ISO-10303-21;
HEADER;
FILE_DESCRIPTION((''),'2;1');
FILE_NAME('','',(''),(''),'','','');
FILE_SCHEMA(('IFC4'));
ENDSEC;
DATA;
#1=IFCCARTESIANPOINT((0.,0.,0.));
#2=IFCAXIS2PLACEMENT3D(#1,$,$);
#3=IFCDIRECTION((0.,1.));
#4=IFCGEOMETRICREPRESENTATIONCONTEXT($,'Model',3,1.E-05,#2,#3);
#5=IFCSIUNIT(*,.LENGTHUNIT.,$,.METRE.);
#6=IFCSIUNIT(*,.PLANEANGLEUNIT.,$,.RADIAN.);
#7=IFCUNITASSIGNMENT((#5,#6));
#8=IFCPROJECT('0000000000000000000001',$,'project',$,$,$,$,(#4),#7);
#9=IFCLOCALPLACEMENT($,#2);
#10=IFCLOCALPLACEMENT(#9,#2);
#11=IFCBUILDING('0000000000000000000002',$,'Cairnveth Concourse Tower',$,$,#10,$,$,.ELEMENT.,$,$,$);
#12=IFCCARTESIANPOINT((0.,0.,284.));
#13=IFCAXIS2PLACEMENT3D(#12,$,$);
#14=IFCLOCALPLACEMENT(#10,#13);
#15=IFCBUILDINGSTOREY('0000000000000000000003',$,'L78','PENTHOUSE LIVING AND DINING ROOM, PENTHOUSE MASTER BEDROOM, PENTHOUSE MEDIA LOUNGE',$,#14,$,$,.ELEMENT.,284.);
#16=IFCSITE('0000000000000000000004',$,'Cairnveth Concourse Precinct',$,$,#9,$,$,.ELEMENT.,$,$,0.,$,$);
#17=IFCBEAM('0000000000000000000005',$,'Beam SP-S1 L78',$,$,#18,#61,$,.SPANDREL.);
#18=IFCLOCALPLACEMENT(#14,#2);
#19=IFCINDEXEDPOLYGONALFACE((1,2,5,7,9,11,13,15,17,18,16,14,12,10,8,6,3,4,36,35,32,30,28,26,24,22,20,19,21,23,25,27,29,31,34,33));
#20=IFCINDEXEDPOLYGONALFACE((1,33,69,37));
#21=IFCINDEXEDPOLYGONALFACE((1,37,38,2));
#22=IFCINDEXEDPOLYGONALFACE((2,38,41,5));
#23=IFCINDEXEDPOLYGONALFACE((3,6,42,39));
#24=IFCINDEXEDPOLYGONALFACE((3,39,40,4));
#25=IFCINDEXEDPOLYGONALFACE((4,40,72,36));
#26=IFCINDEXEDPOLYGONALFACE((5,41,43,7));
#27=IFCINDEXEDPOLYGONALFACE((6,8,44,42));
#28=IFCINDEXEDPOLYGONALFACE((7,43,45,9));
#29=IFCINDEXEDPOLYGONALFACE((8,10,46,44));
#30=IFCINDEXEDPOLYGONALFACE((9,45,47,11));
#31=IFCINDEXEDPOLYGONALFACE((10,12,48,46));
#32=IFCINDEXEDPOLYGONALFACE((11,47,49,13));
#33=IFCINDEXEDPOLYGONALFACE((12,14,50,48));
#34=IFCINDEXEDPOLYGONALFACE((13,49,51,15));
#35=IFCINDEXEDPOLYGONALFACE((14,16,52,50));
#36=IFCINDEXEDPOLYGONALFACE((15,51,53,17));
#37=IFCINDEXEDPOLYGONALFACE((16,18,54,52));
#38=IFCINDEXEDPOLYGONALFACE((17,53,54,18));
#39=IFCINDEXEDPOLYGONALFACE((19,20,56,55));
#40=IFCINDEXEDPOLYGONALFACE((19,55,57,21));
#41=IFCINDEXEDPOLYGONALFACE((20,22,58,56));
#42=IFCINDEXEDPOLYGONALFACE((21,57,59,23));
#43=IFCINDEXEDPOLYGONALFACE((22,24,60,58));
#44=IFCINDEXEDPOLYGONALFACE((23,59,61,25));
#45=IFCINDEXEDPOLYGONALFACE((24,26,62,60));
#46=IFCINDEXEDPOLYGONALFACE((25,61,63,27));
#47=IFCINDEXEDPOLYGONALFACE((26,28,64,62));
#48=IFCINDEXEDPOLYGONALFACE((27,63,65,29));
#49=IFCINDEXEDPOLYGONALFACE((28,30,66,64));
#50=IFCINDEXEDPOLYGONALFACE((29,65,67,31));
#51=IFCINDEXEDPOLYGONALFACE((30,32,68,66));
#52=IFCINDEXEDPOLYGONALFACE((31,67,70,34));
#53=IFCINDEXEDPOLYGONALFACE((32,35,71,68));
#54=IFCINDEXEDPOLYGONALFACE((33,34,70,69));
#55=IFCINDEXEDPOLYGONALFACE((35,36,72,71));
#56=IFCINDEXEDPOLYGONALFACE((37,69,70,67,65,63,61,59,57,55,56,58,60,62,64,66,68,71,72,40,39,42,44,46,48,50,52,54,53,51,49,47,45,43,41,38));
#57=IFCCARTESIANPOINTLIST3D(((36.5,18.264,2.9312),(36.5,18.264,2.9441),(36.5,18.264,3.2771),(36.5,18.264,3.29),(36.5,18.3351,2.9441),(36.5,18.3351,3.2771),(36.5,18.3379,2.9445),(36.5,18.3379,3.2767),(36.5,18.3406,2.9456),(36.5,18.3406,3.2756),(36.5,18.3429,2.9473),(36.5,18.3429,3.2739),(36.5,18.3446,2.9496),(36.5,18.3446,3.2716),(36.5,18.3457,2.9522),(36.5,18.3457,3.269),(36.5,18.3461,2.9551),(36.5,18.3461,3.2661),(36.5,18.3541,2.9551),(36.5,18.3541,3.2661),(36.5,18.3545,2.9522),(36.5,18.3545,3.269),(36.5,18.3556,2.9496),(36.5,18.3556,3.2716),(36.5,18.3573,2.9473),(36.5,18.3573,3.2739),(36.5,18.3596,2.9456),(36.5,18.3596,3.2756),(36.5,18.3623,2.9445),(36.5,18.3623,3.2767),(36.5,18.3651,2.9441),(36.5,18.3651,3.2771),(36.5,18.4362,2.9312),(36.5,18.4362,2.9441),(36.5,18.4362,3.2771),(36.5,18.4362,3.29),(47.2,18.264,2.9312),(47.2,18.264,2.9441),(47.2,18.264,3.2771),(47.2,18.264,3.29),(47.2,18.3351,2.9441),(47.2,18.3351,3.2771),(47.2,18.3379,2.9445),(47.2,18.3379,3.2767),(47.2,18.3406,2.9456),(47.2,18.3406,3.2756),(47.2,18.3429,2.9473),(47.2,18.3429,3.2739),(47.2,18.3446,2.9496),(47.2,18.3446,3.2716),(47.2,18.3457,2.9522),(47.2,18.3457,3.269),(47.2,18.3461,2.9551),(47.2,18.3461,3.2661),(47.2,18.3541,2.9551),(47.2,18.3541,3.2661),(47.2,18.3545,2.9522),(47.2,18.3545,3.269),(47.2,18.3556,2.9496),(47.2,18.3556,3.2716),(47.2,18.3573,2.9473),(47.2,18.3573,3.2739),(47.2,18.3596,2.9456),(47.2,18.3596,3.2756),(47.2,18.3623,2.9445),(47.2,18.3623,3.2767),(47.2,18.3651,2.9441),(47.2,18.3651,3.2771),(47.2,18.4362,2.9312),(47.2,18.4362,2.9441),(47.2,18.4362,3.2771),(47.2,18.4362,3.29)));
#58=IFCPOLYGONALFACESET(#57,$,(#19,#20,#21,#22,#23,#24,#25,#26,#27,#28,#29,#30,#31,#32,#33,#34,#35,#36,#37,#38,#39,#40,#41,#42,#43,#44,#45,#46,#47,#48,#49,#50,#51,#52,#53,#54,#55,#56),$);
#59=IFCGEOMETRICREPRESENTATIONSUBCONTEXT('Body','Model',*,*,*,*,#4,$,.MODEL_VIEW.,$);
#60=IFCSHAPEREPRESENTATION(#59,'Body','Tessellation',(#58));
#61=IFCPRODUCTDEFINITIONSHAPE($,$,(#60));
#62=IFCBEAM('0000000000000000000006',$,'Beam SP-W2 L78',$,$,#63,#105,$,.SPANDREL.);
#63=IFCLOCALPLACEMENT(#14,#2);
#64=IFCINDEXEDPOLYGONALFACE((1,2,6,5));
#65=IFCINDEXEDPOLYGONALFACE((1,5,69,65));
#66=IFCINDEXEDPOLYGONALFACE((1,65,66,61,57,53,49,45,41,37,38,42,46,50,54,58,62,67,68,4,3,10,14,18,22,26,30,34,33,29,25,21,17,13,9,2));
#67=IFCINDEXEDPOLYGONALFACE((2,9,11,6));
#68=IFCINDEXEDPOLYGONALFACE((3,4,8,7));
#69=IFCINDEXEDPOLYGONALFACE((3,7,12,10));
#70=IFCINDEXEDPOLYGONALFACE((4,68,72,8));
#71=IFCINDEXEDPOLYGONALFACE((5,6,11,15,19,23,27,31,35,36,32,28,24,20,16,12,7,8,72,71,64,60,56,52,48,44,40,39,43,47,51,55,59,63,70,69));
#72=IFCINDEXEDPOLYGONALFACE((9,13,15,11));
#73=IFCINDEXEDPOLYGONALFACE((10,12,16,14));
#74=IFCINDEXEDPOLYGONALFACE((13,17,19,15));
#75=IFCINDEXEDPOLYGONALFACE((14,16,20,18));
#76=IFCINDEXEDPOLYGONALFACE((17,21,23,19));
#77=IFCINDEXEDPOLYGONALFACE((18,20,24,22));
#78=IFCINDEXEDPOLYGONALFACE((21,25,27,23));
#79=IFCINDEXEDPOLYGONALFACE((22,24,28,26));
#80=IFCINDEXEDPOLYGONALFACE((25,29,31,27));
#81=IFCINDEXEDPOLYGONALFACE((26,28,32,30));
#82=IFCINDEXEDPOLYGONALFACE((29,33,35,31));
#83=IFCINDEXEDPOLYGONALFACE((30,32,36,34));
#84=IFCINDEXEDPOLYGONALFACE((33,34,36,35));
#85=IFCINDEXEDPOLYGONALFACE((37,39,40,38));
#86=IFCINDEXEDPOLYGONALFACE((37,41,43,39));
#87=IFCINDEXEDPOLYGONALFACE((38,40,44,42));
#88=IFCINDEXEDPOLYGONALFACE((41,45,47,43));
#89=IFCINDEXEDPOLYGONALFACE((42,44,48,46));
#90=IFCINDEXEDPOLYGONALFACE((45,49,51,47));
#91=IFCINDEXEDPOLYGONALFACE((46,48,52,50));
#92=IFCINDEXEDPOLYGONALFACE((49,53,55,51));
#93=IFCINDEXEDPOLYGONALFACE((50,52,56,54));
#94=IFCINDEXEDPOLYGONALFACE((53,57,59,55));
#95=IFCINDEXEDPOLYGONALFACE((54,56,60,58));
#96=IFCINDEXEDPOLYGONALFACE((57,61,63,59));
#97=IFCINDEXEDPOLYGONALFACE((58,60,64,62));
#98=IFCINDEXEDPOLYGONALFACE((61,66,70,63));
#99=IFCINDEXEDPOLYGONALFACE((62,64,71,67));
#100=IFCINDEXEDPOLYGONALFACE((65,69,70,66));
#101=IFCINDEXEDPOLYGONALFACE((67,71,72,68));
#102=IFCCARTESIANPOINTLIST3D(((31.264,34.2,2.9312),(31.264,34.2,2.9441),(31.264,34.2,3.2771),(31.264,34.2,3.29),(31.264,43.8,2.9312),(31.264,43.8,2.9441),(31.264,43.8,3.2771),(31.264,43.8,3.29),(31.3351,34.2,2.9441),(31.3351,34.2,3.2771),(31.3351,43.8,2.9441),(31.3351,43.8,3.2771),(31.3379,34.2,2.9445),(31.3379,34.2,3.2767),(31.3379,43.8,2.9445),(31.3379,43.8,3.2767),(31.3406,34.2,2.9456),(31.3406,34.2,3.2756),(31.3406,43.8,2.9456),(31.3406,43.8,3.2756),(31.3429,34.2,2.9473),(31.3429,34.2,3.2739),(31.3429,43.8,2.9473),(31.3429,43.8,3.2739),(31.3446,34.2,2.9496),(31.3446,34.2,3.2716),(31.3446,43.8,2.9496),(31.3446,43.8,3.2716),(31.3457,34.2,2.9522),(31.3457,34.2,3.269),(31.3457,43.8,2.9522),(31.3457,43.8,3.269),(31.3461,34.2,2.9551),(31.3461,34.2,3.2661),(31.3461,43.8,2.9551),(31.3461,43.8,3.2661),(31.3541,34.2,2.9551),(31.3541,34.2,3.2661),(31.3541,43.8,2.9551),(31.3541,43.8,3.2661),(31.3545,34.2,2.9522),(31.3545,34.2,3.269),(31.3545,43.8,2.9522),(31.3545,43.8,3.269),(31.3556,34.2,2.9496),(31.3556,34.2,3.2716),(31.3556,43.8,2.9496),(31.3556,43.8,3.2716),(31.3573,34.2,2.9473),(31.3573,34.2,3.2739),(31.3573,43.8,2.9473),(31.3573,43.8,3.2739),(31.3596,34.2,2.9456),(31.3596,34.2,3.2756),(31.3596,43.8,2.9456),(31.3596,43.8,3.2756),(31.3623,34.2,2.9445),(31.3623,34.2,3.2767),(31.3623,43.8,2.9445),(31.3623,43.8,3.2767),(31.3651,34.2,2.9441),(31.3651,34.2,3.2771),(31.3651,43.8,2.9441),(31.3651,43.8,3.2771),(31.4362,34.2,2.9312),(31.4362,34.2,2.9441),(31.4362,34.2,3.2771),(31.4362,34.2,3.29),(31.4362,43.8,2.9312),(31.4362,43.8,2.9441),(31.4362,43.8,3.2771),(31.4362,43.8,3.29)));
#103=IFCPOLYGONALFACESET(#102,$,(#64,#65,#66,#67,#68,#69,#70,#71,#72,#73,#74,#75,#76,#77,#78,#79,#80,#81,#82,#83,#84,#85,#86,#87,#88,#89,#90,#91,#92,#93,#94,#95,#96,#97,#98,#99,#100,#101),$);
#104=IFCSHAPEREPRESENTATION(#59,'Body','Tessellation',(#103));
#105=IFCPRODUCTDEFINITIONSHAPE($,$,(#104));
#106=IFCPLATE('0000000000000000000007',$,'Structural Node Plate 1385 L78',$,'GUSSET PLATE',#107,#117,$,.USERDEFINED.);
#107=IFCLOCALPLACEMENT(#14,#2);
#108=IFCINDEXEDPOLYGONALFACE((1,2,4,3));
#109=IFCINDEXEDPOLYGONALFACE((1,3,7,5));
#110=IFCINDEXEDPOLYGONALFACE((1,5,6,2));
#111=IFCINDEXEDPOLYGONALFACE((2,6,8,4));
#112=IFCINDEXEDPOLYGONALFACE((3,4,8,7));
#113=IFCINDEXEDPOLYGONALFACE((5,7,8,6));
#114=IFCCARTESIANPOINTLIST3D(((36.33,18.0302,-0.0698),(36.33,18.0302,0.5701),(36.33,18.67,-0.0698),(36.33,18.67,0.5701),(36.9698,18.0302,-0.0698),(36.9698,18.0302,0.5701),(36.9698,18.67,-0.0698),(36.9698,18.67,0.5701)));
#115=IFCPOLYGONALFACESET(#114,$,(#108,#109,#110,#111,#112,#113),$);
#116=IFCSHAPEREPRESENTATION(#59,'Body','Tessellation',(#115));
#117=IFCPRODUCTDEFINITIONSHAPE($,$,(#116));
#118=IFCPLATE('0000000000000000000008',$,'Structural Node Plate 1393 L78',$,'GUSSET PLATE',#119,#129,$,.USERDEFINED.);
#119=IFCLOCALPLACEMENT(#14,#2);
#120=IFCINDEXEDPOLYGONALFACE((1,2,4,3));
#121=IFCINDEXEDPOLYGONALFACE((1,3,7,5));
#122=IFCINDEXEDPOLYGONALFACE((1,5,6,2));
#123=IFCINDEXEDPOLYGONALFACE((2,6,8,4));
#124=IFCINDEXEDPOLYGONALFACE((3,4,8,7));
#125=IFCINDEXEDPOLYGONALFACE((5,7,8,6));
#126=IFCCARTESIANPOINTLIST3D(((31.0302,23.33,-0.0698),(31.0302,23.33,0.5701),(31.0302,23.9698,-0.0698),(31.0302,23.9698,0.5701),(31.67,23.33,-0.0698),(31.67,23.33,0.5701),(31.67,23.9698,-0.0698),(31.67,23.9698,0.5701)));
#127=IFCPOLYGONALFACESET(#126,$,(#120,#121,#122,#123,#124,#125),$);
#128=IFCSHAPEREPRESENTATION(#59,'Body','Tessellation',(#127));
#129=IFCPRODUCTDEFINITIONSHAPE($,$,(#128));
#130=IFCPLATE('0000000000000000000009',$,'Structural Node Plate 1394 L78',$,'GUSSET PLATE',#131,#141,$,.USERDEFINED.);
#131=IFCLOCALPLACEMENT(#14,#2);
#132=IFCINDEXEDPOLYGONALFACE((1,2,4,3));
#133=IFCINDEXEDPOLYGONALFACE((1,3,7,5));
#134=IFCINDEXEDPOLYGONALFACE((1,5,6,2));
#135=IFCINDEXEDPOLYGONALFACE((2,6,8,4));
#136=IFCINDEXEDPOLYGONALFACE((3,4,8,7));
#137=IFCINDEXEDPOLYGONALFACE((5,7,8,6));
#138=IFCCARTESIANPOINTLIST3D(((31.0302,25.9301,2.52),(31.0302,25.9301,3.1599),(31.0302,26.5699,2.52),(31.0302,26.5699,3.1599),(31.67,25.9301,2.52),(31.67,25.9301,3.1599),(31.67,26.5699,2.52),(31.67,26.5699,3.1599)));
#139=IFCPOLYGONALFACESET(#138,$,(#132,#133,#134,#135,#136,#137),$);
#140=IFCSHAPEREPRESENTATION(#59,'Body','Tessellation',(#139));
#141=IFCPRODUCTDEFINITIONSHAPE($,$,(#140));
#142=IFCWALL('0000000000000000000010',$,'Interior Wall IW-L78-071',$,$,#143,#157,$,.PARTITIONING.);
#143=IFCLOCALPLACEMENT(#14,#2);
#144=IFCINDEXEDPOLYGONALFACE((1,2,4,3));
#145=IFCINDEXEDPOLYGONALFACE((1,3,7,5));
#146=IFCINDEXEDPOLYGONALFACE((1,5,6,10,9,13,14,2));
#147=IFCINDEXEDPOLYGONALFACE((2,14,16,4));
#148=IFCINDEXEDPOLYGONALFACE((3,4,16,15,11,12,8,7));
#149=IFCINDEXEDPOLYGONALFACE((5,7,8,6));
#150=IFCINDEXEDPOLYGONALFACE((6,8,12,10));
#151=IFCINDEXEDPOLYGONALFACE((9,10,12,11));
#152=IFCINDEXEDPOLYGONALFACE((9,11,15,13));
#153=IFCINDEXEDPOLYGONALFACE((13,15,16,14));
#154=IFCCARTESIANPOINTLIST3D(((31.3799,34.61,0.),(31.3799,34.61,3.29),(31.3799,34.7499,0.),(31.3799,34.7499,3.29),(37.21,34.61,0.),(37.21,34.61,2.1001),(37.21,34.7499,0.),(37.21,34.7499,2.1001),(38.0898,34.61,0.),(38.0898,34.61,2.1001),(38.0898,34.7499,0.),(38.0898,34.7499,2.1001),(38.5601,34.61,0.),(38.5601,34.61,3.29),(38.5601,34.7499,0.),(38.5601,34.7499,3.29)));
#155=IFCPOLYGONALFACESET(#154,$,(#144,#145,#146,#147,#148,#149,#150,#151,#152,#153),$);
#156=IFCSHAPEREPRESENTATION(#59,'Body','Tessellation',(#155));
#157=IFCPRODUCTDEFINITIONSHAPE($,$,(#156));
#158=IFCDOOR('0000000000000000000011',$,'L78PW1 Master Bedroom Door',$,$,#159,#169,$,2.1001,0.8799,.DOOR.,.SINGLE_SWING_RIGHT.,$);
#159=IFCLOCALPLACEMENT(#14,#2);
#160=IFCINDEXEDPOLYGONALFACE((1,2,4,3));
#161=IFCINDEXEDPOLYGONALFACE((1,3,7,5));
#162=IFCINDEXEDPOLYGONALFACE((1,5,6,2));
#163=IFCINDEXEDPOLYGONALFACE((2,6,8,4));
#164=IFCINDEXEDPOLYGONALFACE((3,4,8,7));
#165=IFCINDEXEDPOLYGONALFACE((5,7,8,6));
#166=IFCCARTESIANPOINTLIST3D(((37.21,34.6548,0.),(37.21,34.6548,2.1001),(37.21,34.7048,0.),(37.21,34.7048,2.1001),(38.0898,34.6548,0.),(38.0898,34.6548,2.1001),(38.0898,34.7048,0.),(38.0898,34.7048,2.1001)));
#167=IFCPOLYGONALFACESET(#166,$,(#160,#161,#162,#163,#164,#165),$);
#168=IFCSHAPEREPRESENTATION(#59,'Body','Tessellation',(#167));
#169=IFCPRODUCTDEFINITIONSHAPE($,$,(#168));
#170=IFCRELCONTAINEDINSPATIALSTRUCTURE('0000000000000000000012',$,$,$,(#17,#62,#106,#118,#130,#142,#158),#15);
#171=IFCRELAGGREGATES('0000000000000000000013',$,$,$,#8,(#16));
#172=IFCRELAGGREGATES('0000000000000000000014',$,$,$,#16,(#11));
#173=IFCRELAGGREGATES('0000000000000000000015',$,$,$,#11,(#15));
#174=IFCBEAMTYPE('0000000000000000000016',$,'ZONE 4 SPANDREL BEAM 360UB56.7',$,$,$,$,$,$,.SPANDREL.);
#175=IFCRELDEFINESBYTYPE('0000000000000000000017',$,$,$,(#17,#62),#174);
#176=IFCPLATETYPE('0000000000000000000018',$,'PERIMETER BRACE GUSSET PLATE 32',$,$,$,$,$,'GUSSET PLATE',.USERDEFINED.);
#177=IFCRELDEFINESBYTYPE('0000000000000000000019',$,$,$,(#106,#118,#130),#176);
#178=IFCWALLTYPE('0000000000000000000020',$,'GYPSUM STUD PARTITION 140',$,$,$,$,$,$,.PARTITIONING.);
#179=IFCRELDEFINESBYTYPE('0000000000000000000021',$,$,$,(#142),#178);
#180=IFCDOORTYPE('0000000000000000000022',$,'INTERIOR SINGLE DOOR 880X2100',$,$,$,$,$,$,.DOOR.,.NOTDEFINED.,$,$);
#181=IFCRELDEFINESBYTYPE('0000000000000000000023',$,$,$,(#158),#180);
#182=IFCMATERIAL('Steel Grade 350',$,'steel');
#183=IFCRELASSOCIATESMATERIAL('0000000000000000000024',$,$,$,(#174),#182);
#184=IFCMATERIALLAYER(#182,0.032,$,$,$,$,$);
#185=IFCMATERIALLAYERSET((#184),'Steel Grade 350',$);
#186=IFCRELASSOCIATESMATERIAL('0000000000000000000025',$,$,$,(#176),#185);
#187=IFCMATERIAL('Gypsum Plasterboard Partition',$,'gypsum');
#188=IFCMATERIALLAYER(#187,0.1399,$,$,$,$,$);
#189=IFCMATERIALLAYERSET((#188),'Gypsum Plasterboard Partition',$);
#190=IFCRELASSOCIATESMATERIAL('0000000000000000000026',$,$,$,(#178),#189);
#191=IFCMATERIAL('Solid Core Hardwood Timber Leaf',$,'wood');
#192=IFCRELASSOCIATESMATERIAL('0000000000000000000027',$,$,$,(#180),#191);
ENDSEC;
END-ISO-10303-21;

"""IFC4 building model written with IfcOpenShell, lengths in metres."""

from ifc_helpers import new_model, si_unit, direction, frame, frame_2d, origin, origin_2d, place, context, subcontext, project, spatial, rectangle, i_section, extrude, material, layer, layer_set, material_profile, profile_set, type_object, element, fill, save


model = new_model("IFC4")

# Units and contexts
model_context = context("Model", 3, precision=1e-05, world=origin(), true_north=direction((0.0, 1.0)))
body_context = subcontext(model_context, "Body", "Model", "MODEL_VIEW")
ifc_project = project(units=[si_unit("LENGTHUNIT", "METRE"), si_unit("PLANEANGLEUNIT", "RADIAN")], contexts=[model_context])

# Site, building, storey
site_placement = place(None, origin())
site = spatial("IfcSite", under=ifc_project, at=site_placement, Name="Cairnveth Concourse Precinct", CompositionType="ELEMENT", RefElevation=0.0)
building_placement = place(site_placement, origin())
building = spatial("IfcBuilding", under=site, at=building_placement, Name="Cairnveth Concourse Tower", CompositionType="ELEMENT")
storey_placement = place(building_placement, frame((0.0, 0.0, 284.0)))
storey = spatial("IfcBuildingStorey", under=building, at=storey_placement, Name="L78", Description="PENTHOUSE LIVING AND DINING ROOM, PENTHOUSE MASTER BEDROOM, PENTHOUSE MEDIA LOUNGE", CompositionType="ELEMENT", Elevation=284.0)

# Shared definitions
ifc_material_1 = material(Name="Steel Grade 350", Category="steel")

# Beams
ifc_material_profile_1 = material_profile(ifc_material_1, i_section(OverallWidth=0.1721, OverallDepth=0.3589, WebThickness=0.0081, FlangeThickness=0.0129, FilletRadius=0.011, at=origin_2d()), Name="360UB56.7")
ifc_profile_set_1 = profile_set([ifc_material_profile_1], Name="Steel Grade 350")
beam_type_1 = type_object("IfcBeamType", Name="ZONE 4 SPANDREL BEAM 360UB56.7", PredefinedType="SPANDREL", material=ifc_profile_set_1)
beam_1_placement = place(storey_placement, frame((36.5, 18.3501, 3.1106), z_axis=(1.0, 0.0, 0.0), x_axis=(0.0, 1.0, 0.0)))
element("IfcBeam", 1, at=beam_1_placement, inside=storey, type_object=beam_type_1, Name="Beam SP-S1 L78", PredefinedType="SPANDREL", context=body_context, shape_type="SweptSolid", body=[
    extrude(i_section(OverallWidth=0.1721, OverallDepth=0.3589, WebThickness=0.0081, FlangeThickness=0.0129, FilletRadius=0.011, at=origin_2d()), origin(), (0.0, 0.0, 1.0), 10.7),
])
beam_2_placement = place(storey_placement, frame((31.3501, 34.2, 3.1106), z_axis=(0.0, 1.0, 0.0), x_axis=(-1.0, 0.0, 0.0)))
element("IfcBeam", 2, at=beam_2_placement, inside=storey, type_object=beam_type_1, Name="Beam SP-W2 L78", PredefinedType="SPANDREL", context=body_context, shape_type="SweptSolid", body=[
    extrude(i_section(OverallWidth=0.1721, OverallDepth=0.3589, WebThickness=0.0081, FlangeThickness=0.0129, FilletRadius=0.011, at=origin_2d()), origin(), (0.0, 0.0, 1.0), 9.6001),
])

# Plates
ifc_layer_1 = layer(ifc_material_1, 0.032)
ifc_layer_set_1 = layer_set([ifc_layer_1], Name="Steel Grade 350")
plate_type = type_object("IfcPlateType", Name="PERIMETER BRACE GUSSET PLATE 32", ElementType="GUSSET PLATE", PredefinedType="USERDEFINED", material=ifc_layer_set_1)
for number, where, z_axis, x_axis, name in (
    (3, (36.6499, 18.3501, -0.0698), (0.0, 0.0, 1.0), (1.0, 0.0, 0.0), "Structural Node Plate 1385 L78"),
    (4, (31.3501, 23.6499, -0.0698), (0.0, 0.0, 1.0), (1.0, 0.0, 0.0), "Structural Node Plate 1393 L78"),
    (5, (31.3501, 26.25, 2.52), (0.0, 0.0, 1.0), (1.0, 0.0, 0.0), "Structural Node Plate 1394 L78"),
):
    element("IfcPlate", number, at=place(storey_placement, frame(where, z_axis=z_axis, x_axis=x_axis)), inside=storey, type_object=plate_type, Name=name, ObjectType="GUSSET PLATE", PredefinedType="USERDEFINED", context=body_context, shape_type="SweptSolid", body=[
        extrude(rectangle(XDim=0.6399, YDim=0.6399, at=origin_2d()), origin(), (0.0, 0.0, 1.0), 0.6399),
    ])

# Wall, opening, door
ifc_material_2 = material(Name="Gypsum Plasterboard Partition", Category="gypsum")
ifc_layer_2 = layer(ifc_material_2, 0.1399)
ifc_layer_set_2 = layer_set([ifc_layer_2], Name="Gypsum Plasterboard Partition")
wall_type_1 = type_object("IfcWallType", Name="GYPSUM STUD PARTITION 140", PredefinedType="PARTITIONING", material=ifc_layer_set_2)
wall_1_placement = place(storey_placement, frame((31.3799, 34.6799, 0.0), z_axis=(0.0, 0.0, 1.0), x_axis=(1.0, 0.0, 0.0)))
wall_1 = element("IfcWall", 6, at=wall_1_placement, inside=storey, type_object=wall_type_1, Name="Interior Wall IW-L78-071", PredefinedType="PARTITIONING", context=body_context, shape_type="SweptSolid", body=[
    extrude(rectangle(XDim=7.1802, YDim=0.1399, at=frame_2d((3.5901, 0.0))), origin(), (0.0, 0.0, 1.0), 3.29),
])
opening_1_placement = place(wall_1_placement, frame((5.8301, 0.0, 0.0)))
opening_1 = element("IfcOpeningElement", 7, at=opening_1_placement, cuts=wall_1, PredefinedType="OPENING", context=body_context, shape_type="SweptSolid", body=[
    extrude(rectangle(XDim=0.8799, YDim=2.1001, at=frame_2d((0.4399, 1.05))), frame((0.0, 0.0798, 0.0), z_axis=(0.0, -1.0, 0.0), x_axis=(1.0, 0.0, 0.0)), (0.0, 0.0, 1.0), 0.1599),
])
ifc_material_3 = material(Name="Solid Core Hardwood Timber Leaf", Category="wood")
door_type = type_object("IfcDoorType", Name="INTERIOR SINGLE DOOR 880X2100", OperationType="NOTDEFINED", PredefinedType="DOOR", material=ifc_material_3)
door_placement = place(opening_1_placement, origin())
door = element("IfcDoor", 8, at=door_placement, inside=storey, type_object=door_type, Name="L78PW1 Master Bedroom Door", OperationType="SINGLE_SWING_RIGHT", OverallHeight=2.1001, OverallWidth=0.8799, PredefinedType="DOOR", context=body_context, shape_type="SweptSolid", body=[
    extrude(rectangle(XDim=0.8799, YDim=2.1001, at=frame_2d((0.4399, 1.05))), frame((0.0, 0.0249, 0.0), z_axis=(0.0, -1.0, 0.0), x_axis=(1.0, 0.0, 0.0)), (0.0, 0.0, 1.0), 0.05),
])
fill(opening_1, door)

save(model, "model.ifc")
